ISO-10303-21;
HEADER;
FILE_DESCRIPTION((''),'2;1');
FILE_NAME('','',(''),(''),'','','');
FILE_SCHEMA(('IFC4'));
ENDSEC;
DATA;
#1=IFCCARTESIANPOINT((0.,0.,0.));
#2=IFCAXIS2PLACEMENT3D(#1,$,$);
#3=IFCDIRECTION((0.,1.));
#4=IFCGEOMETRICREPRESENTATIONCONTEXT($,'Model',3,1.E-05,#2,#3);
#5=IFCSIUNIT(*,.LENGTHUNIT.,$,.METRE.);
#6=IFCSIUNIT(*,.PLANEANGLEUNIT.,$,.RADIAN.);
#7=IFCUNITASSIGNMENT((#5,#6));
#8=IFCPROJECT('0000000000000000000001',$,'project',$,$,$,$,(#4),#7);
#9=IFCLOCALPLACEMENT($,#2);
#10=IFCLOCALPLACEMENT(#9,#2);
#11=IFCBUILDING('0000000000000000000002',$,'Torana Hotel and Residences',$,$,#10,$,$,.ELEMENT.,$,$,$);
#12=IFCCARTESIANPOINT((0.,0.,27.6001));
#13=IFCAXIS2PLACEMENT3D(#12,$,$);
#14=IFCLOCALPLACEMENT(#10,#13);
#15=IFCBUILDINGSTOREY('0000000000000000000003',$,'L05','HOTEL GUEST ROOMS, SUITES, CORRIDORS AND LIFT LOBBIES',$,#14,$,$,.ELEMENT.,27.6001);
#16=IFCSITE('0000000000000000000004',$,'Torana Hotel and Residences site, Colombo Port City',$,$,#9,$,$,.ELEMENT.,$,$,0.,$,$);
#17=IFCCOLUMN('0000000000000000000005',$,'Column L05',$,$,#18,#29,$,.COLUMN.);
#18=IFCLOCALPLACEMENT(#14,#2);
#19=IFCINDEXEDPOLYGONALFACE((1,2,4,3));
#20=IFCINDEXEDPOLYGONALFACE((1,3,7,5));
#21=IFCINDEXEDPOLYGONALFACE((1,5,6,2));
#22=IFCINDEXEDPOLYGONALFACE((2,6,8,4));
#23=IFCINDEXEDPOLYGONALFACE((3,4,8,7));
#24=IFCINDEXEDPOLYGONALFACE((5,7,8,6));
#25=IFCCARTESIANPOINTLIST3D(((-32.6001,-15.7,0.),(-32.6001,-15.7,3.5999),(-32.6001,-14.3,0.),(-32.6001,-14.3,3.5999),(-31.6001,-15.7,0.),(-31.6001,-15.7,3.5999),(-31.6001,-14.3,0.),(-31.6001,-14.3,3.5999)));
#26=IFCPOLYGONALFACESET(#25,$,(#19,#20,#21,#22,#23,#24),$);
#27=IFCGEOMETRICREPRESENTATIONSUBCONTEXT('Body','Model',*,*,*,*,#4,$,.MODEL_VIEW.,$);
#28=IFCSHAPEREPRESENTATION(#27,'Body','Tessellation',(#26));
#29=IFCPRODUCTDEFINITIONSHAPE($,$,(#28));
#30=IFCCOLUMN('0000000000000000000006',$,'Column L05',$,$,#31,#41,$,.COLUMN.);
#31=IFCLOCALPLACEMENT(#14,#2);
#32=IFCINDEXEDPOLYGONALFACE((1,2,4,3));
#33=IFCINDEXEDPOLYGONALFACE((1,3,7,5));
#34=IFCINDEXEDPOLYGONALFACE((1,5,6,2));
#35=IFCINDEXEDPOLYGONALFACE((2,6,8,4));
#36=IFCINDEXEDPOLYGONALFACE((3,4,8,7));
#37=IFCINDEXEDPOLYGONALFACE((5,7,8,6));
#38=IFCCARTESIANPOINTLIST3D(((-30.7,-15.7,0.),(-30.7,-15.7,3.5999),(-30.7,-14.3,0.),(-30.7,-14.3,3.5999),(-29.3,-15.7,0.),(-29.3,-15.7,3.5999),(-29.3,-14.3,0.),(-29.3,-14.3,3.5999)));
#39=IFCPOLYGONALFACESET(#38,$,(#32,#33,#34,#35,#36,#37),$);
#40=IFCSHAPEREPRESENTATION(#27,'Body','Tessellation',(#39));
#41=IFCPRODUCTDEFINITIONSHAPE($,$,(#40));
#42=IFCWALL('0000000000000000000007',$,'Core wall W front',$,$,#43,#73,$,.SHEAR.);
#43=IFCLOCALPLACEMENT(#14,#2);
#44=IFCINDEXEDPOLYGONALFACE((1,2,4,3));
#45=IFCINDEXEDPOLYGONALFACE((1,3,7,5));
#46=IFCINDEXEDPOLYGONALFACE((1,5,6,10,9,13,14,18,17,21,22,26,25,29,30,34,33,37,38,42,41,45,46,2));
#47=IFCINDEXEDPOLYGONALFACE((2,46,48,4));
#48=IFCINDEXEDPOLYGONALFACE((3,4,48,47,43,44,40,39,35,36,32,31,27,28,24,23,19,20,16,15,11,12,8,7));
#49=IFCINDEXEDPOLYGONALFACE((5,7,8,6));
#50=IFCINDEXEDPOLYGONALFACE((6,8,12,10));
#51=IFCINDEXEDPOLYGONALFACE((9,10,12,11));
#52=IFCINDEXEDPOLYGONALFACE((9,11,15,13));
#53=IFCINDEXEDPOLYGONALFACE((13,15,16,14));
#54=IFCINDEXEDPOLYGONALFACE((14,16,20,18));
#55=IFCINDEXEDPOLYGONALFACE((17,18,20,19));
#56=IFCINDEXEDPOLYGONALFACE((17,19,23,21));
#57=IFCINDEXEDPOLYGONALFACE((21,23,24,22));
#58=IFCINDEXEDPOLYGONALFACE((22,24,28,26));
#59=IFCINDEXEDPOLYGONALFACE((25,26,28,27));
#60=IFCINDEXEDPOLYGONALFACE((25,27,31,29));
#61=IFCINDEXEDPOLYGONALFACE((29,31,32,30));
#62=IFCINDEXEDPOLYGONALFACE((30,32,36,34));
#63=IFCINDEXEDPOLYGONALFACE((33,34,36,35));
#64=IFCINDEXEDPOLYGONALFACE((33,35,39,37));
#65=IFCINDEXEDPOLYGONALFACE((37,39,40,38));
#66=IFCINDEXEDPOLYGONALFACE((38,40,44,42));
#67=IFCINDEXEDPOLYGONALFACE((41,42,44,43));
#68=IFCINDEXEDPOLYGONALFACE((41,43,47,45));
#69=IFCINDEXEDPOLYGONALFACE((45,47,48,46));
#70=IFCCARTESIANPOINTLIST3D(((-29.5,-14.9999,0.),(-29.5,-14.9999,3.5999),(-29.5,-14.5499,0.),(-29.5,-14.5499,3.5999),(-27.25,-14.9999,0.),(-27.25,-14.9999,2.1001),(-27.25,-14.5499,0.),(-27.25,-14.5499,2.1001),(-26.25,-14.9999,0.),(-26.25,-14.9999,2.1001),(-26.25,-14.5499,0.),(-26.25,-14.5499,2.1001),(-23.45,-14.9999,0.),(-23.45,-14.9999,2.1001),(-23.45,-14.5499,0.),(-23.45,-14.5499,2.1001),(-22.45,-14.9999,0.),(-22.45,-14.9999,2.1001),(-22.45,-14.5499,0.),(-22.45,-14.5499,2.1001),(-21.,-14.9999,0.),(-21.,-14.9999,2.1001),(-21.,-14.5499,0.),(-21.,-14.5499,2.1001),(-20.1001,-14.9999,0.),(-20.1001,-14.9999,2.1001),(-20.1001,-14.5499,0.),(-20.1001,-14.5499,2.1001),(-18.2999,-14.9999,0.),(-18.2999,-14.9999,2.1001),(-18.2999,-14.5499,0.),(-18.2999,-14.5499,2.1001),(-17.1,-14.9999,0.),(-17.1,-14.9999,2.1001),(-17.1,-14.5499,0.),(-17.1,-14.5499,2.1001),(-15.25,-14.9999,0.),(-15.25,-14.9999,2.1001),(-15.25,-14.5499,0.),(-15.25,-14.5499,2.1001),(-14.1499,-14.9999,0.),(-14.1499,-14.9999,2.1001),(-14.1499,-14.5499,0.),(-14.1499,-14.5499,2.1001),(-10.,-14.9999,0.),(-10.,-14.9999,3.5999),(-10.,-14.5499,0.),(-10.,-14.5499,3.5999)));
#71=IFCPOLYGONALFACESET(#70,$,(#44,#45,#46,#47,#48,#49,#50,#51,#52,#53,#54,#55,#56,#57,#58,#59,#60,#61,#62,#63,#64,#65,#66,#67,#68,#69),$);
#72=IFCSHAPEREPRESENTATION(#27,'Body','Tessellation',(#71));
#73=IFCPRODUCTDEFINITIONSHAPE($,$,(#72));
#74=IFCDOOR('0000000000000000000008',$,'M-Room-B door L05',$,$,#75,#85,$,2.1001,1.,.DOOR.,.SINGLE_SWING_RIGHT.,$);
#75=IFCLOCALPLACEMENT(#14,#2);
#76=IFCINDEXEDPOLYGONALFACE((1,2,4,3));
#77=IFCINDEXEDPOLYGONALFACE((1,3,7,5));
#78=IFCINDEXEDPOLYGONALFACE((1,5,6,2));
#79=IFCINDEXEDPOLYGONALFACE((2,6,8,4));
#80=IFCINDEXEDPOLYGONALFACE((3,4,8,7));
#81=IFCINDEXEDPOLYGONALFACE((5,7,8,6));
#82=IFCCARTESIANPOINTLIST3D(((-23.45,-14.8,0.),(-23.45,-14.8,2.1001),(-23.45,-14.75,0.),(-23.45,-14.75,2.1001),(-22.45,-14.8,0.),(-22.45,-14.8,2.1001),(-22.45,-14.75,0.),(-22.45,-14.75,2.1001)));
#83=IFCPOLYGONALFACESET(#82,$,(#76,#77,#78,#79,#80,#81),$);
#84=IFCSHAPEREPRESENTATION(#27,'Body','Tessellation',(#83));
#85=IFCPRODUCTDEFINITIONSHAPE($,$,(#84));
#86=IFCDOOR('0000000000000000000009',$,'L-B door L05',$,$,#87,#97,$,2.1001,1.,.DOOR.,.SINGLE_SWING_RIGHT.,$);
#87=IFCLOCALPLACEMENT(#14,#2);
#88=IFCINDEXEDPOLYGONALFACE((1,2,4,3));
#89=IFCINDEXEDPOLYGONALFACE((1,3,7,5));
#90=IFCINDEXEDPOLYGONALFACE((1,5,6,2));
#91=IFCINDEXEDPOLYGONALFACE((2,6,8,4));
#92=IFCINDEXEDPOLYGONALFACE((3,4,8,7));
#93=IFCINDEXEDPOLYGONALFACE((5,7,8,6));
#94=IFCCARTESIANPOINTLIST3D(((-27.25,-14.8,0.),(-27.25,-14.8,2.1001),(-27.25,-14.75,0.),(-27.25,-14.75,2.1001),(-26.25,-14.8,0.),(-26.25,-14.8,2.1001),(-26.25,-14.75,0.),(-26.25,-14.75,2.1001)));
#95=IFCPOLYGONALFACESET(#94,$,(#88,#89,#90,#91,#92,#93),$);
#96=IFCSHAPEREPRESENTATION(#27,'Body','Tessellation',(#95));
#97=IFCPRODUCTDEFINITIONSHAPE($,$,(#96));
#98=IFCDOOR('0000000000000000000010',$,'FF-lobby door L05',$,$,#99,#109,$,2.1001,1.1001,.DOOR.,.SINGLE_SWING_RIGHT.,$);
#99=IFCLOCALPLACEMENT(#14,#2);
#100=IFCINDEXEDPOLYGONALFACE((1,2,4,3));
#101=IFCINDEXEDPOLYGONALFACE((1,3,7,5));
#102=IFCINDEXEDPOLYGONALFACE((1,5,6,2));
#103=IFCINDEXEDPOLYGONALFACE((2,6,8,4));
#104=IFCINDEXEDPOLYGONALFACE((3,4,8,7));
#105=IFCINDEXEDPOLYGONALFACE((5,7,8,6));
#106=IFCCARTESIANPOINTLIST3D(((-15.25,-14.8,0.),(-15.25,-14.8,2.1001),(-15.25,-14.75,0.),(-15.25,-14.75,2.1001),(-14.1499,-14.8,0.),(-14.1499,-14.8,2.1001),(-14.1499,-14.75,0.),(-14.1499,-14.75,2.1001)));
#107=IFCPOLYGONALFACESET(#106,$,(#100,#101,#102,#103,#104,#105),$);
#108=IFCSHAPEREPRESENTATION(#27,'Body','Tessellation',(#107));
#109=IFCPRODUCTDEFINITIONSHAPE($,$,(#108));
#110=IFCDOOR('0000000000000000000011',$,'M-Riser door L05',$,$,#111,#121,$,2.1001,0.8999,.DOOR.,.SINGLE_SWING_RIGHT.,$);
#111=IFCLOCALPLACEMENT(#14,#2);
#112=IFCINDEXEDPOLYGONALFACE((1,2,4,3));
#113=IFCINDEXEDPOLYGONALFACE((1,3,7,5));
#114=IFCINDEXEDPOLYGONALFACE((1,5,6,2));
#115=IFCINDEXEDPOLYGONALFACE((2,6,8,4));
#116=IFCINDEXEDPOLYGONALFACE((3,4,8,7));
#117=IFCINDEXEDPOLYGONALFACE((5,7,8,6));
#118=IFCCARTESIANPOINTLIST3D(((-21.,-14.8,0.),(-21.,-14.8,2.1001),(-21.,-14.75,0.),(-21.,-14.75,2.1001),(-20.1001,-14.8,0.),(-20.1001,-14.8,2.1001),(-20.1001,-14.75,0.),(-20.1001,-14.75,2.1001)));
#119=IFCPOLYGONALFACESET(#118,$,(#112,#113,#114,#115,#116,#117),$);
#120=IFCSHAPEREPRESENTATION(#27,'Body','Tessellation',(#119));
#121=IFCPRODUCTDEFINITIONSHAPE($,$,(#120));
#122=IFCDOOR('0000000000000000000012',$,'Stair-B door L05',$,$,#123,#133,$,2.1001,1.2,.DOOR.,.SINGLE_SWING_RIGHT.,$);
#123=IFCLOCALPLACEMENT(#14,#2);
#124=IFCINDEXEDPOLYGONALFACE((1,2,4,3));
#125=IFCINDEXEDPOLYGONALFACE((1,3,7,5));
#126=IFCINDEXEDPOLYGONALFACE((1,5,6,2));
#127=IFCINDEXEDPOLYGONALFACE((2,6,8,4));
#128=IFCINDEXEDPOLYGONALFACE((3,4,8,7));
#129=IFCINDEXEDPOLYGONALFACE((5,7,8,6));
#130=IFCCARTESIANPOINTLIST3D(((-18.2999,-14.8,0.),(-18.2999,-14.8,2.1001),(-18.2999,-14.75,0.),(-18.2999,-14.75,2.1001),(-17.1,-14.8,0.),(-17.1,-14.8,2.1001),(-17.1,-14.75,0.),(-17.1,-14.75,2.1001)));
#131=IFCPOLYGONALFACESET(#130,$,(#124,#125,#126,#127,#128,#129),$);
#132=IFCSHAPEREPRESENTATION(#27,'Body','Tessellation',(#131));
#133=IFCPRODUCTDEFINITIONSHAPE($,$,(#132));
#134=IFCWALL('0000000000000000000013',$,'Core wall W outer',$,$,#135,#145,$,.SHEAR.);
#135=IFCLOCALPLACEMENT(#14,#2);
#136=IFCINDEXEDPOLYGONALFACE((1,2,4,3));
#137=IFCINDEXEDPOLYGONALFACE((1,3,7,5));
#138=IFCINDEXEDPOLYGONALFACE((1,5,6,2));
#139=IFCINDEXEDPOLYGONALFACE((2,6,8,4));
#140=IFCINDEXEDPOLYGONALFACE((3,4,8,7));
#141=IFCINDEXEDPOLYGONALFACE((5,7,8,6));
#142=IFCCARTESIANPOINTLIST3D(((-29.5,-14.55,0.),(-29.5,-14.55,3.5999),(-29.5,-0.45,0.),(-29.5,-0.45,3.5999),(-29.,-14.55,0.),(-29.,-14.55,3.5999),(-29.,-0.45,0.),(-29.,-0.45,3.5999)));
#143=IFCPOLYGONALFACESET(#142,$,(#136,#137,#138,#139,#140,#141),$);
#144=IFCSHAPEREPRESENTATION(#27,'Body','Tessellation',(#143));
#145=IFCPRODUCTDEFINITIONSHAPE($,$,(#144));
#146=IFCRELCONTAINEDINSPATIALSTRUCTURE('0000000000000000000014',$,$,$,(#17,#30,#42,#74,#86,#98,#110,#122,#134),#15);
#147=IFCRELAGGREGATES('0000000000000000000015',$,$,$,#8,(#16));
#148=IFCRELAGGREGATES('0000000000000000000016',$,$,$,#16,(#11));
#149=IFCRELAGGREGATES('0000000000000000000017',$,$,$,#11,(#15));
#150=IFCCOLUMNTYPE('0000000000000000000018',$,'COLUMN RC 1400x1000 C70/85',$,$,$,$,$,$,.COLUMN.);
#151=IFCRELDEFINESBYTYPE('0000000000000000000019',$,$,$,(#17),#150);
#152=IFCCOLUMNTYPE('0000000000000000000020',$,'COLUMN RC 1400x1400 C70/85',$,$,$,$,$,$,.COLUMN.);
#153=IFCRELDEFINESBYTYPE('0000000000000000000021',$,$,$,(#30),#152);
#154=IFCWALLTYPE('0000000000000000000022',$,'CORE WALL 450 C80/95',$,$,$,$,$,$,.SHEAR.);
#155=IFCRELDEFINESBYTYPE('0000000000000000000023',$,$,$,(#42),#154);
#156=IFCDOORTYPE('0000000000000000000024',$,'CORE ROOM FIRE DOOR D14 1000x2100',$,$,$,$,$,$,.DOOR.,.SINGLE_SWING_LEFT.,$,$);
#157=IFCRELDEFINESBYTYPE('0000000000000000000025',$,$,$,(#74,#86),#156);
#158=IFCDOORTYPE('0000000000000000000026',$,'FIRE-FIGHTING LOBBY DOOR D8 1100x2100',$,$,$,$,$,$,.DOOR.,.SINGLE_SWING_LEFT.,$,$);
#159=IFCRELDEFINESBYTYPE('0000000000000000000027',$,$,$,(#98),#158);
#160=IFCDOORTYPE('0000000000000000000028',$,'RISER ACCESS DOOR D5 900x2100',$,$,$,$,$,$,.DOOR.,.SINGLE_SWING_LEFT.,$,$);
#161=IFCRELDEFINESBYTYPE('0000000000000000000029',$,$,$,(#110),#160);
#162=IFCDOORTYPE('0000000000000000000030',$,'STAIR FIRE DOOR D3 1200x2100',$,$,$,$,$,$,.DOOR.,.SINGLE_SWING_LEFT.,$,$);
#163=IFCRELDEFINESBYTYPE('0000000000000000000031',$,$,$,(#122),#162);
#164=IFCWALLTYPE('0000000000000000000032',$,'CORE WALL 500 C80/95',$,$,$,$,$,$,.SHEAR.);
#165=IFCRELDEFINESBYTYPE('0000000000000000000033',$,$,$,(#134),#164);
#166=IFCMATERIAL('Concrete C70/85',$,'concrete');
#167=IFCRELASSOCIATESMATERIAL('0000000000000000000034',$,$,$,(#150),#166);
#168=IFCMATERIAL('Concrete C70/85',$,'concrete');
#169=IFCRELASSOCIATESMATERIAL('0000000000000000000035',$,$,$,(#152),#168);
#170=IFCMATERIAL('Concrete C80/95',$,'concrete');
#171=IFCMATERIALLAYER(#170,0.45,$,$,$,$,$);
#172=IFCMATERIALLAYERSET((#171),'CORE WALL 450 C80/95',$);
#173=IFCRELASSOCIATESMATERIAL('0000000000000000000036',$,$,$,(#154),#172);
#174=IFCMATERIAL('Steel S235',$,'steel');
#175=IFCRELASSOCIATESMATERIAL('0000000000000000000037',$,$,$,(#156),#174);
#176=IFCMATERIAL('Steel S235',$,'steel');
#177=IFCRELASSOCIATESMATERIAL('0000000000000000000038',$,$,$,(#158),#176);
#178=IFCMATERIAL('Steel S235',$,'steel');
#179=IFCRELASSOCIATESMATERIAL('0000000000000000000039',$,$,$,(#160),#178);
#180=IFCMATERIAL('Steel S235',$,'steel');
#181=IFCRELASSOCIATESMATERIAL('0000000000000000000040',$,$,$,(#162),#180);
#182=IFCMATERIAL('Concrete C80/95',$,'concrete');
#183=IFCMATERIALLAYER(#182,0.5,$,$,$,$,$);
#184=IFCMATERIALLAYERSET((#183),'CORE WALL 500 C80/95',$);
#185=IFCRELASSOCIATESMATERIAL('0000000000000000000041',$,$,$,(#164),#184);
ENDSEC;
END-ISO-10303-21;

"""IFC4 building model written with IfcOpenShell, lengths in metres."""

from ifc_helpers import new_model, si_unit, direction, frame, frame_2d, origin, origin_2d, place, context, subcontext, project, spatial, rectangle, extrude, material, layer, layer_set, material_profile, profile_set, type_object, element, fill, save


model = new_model("IFC4")

# Units and contexts
model_context = context("Model", 3, precision=1e-05, world=origin(), true_north=direction((0.0, 1.0)))
body_context = subcontext(model_context, "Body", "Model", "MODEL_VIEW")
ifc_project = project(units=[si_unit("LENGTHUNIT", "METRE"), si_unit("PLANEANGLEUNIT", "RADIAN")], contexts=[model_context])

# Site, building, storey
site_placement = place(None, origin())
site = spatial("IfcSite", under=ifc_project, at=site_placement, Name="Torana Hotel and Residences site, Colombo Port City", CompositionType="ELEMENT", RefElevation=0.0)
building_placement = place(site_placement, origin())
building = spatial("IfcBuilding", under=site, at=building_placement, Name="Torana Hotel and Residences", CompositionType="ELEMENT")
storey_placement = place(building_placement, frame((0.0, 0.0, 27.6001)))
storey = spatial("IfcBuildingStorey", under=building, at=storey_placement, Name="L05", Description="HOTEL GUEST ROOMS, SUITES, CORRIDORS AND LIFT LOBBIES", CompositionType="ELEMENT", Elevation=27.6001)

# Columns
ifc_material_1 = material(Name="Concrete C70/85", Category="concrete")
ifc_material_profile_1 = material_profile(ifc_material_1, rectangle(XDim=1.3999, YDim=1.0, at=origin_2d()), Name="RC 1400x1000")
ifc_profile_set_1 = profile_set([ifc_material_profile_1], Name="Concrete C70/85")
column_type_1 = type_object("IfcColumnType", Name="COLUMN RC 1400x1000 C70/85", PredefinedType="COLUMN", material=ifc_profile_set_1)
column_1_placement = place(storey_placement, frame((-32.1001, -15.0, 0.0), z_axis=(0.0, 0.0, 1.0), x_axis=(0.0, 1.0, 0.0)))
element("IfcColumn", 1, at=column_1_placement, inside=storey, type_object=column_type_1, Name="Column L05", PredefinedType="COLUMN", context=body_context, shape_type="SweptSolid", body=[
    extrude(rectangle(XDim=1.3999, YDim=1.0, at=origin_2d()), origin(), (0.0, 0.0, 1.0), 3.5999),
])
ifc_material_2 = material(Name="Concrete C70/85", Category="concrete")
ifc_material_profile_2 = material_profile(ifc_material_2, rectangle(XDim=1.3999, YDim=1.3999, at=origin_2d()), Name="RC 1400x1400")
ifc_profile_set_2 = profile_set([ifc_material_profile_2], Name="Concrete C70/85")
column_type_2 = type_object("IfcColumnType", Name="COLUMN RC 1400x1400 C70/85", PredefinedType="COLUMN", material=ifc_profile_set_2)
column_2_placement = place(storey_placement, frame((-30.0, -15.0, 0.0), z_axis=(0.0, 0.0, 1.0), x_axis=(1.0, 0.0, 0.0)))
element("IfcColumn", 2, at=column_2_placement, inside=storey, type_object=column_type_2, Name="Column L05", PredefinedType="COLUMN", context=body_context, shape_type="SweptSolid", body=[
    extrude(rectangle(XDim=1.3999, YDim=1.3999, at=origin_2d()), origin(), (0.0, 0.0, 1.0), 3.5999),
])

# Wall, openings, doors
ifc_material_3 = material(Name="Concrete C80/95", Category="concrete")
ifc_layer_1 = layer(ifc_material_3, 0.45)
ifc_layer_set_1 = layer_set([ifc_layer_1], Name="CORE WALL 450 C80/95")
wall_type_1 = type_object("IfcWallType", Name="CORE WALL 450 C80/95", PredefinedType="SHEAR", material=ifc_layer_set_1)
wall_1_placement = place(storey_placement, frame((-29.5, -14.7749, 0.0), z_axis=(0.0, 0.0, 1.0), x_axis=(1.0, 0.0, 0.0)))
wall_1 = element("IfcWall", 3, at=wall_1_placement, inside=storey, type_object=wall_type_1, Name="Core wall W front", PredefinedType="SHEAR", context=body_context, shape_type="SweptSolid", body=[
    extrude(rectangle(XDim=19.5, YDim=0.45, at=frame_2d((9.75, 0.0))), origin(), (0.0, 0.0, 1.0), 3.5999),
])
opening_1_placement = place(wall_1_placement, frame((11.2, 0.0, 0.0)))
opening_1 = element("IfcOpeningElement", 4, at=opening_1_placement, cuts=wall_1, PredefinedType="OPENING", context=body_context, shape_type="SweptSolid", body=[
    extrude(rectangle(XDim=1.2, YDim=2.1001, at=frame_2d((0.6001, 1.05))), frame((0.0, 0.2349, 0.0), z_axis=(0.0, -1.0, 0.0), x_axis=(1.0, 0.0, 0.0)), (0.0, 0.0, 1.0), 0.47),
])
opening_2_placement = place(wall_1_placement, frame((14.25, 0.0, 0.0)))
opening_2 = element("IfcOpeningElement", 5, at=opening_2_placement, cuts=wall_1, PredefinedType="OPENING", context=body_context, shape_type="SweptSolid", body=[
    extrude(rectangle(XDim=1.1001, YDim=2.1001, at=frame_2d((0.55, 1.05))), frame((0.0, 0.2349, 0.0), z_axis=(0.0, -1.0, 0.0), x_axis=(1.0, 0.0, 0.0)), (0.0, 0.0, 1.0), 0.47),
])
opening_3_placement = place(wall_1_placement, frame((8.5, 0.0, 0.0)))
opening_3 = element("IfcOpeningElement", 6, at=opening_3_placement, cuts=wall_1, PredefinedType="OPENING", context=body_context, shape_type="SweptSolid", body=[
    extrude(rectangle(XDim=0.8999, YDim=2.1001, at=frame_2d((0.45, 1.05))), frame((0.0, 0.2349, 0.0), z_axis=(0.0, -1.0, 0.0), x_axis=(1.0, 0.0, 0.0)), (0.0, 0.0, 1.0), 0.47),
])
opening_4_placement = place(wall_1_placement, frame((6.05, 0.0, 0.0)))
opening_4 = element("IfcOpeningElement", 7, at=opening_4_placement, cuts=wall_1, PredefinedType="OPENING", context=body_context, shape_type="SweptSolid", body=[
    extrude(rectangle(XDim=1.0, YDim=2.1001, at=frame_2d((0.5, 1.05))), frame((0.0, 0.2349, 0.0), z_axis=(0.0, -1.0, 0.0), x_axis=(1.0, 0.0, 0.0)), (0.0, 0.0, 1.0), 0.47),
])
opening_5_placement = place(wall_1_placement, frame((2.25, 0.0, 0.0)))
opening_5 = element("IfcOpeningElement", 8, at=opening_5_placement, cuts=wall_1, PredefinedType="OPENING", context=body_context, shape_type="SweptSolid", body=[
    extrude(rectangle(XDim=1.0, YDim=2.1001, at=frame_2d((0.5, 1.05))), frame((0.0, 0.2349, 0.0), z_axis=(0.0, -1.0, 0.0), x_axis=(1.0, 0.0, 0.0)), (0.0, 0.0, 1.0), 0.47),
])
ifc_material_4 = material(Name="Steel S235", Category="steel")
door_type_1 = type_object("IfcDoorType", Name="CORE ROOM FIRE DOOR D14 1000x2100", OperationType="SINGLE_SWING_LEFT", PredefinedType="DOOR", material=ifc_material_4)
door_1_placement = place(opening_4_placement, origin())
door_1 = element("IfcDoor", 9, at=door_1_placement, inside=storey, type_object=door_type_1, Name="M-Room-B door L05", OperationType="SINGLE_SWING_RIGHT", OverallHeight=2.1001, OverallWidth=1.0, PredefinedType="DOOR", context=body_context, shape_type="SweptSolid", body=[
    extrude(rectangle(XDim=1.0, YDim=2.1001, at=frame_2d((0.5, 1.05))), frame((0.0, 0.0249, 0.0), z_axis=(0.0, -1.0, 0.0), x_axis=(1.0, 0.0, 0.0)), (0.0, 0.0, 1.0), 0.05),
])
fill(opening_4, door_1)
door_2_placement = place(opening_5_placement, origin())
door_2 = element("IfcDoor", 10, at=door_2_placement, inside=storey, type_object=door_type_1, Name="L-B door L05", OperationType="SINGLE_SWING_RIGHT", OverallHeight=2.1001, OverallWidth=1.0, PredefinedType="DOOR", context=body_context, shape_type="SweptSolid", body=[
    extrude(rectangle(XDim=1.0, YDim=2.1001, at=frame_2d((0.5, 1.05))), frame((0.0, 0.0249, 0.0), z_axis=(0.0, -1.0, 0.0), x_axis=(1.0, 0.0, 0.0)), (0.0, 0.0, 1.0), 0.05),
])
fill(opening_5, door_2)
ifc_material_5 = material(Name="Steel S235", Category="steel")
door_type_2 = type_object("IfcDoorType", Name="FIRE-FIGHTING LOBBY DOOR D8 1100x2100", OperationType="SINGLE_SWING_LEFT", PredefinedType="DOOR", material=ifc_material_5)
door_3_placement = place(opening_2_placement, origin())
door_3 = element("IfcDoor", 11, at=door_3_placement, inside=storey, type_object=door_type_2, Name="FF-lobby door L05", OperationType="SINGLE_SWING_RIGHT", OverallHeight=2.1001, OverallWidth=1.1001, PredefinedType="DOOR", context=body_context, shape_type="SweptSolid", body=[
    extrude(rectangle(XDim=1.1001, YDim=2.1001, at=frame_2d((0.55, 1.05))), frame((0.0, 0.0249, 0.0), z_axis=(0.0, -1.0, 0.0), x_axis=(1.0, 0.0, 0.0)), (0.0, 0.0, 1.0), 0.05),
])
fill(opening_2, door_3)
ifc_material_6 = material(Name="Steel S235", Category="steel")
door_type_3 = type_object("IfcDoorType", Name="RISER ACCESS DOOR D5 900x2100", OperationType="SINGLE_SWING_LEFT", PredefinedType="DOOR", material=ifc_material_6)
door_4_placement = place(opening_3_placement, origin())
door_4 = element("IfcDoor", 12, at=door_4_placement, inside=storey, type_object=door_type_3, Name="M-Riser door L05", OperationType="SINGLE_SWING_RIGHT", OverallHeight=2.1001, OverallWidth=0.8999, PredefinedType="DOOR", context=body_context, shape_type="SweptSolid", body=[
    extrude(rectangle(XDim=0.8999, YDim=2.1001, at=frame_2d((0.45, 1.05))), frame((0.0, 0.0249, 0.0), z_axis=(0.0, -1.0, 0.0), x_axis=(1.0, 0.0, 0.0)), (0.0, 0.0, 1.0), 0.05),
])
fill(opening_3, door_4)
ifc_material_7 = material(Name="Steel S235", Category="steel")
door_type_4 = type_object("IfcDoorType", Name="STAIR FIRE DOOR D3 1200x2100", OperationType="SINGLE_SWING_LEFT", PredefinedType="DOOR", material=ifc_material_7)
door_5_placement = place(opening_1_placement, origin())
door_5 = element("IfcDoor", 13, at=door_5_placement, inside=storey, type_object=door_type_4, Name="Stair-B door L05", OperationType="SINGLE_SWING_RIGHT", OverallHeight=2.1001, OverallWidth=1.2, PredefinedType="DOOR", context=body_context, shape_type="SweptSolid", body=[
    extrude(rectangle(XDim=1.2, YDim=2.1001, at=frame_2d((0.6001, 1.05))), frame((0.0, 0.0249, 0.0), z_axis=(0.0, -1.0, 0.0), x_axis=(1.0, 0.0, 0.0)), (0.0, 0.0, 1.0), 0.05),
])
fill(opening_1, door_5)

# Wall
ifc_material_8 = material(Name="Concrete C80/95", Category="concrete")
ifc_layer_2 = layer(ifc_material_8, 0.5)
ifc_layer_set_2 = layer_set([ifc_layer_2], Name="CORE WALL 500 C80/95")
wall_type_2 = type_object("IfcWallType", Name="CORE WALL 500 C80/95", PredefinedType="SHEAR", material=ifc_layer_set_2)
wall_2_placement = place(storey_placement, frame((-29.25, -14.55, 0.0), z_axis=(0.0, 0.0, 1.0), x_axis=(0.0, 1.0, 0.0)))
element("IfcWall", 14, at=wall_2_placement, inside=storey, type_object=wall_type_2, Name="Core wall W outer", PredefinedType="SHEAR", context=body_context, shape_type="SweptSolid", body=[
    extrude(rectangle(XDim=14.1001, YDim=0.5, at=frame_2d((7.05, 0.0))), origin(), (0.0, 0.0, 1.0), 3.5999),
])

save(model, "model.ifc")
